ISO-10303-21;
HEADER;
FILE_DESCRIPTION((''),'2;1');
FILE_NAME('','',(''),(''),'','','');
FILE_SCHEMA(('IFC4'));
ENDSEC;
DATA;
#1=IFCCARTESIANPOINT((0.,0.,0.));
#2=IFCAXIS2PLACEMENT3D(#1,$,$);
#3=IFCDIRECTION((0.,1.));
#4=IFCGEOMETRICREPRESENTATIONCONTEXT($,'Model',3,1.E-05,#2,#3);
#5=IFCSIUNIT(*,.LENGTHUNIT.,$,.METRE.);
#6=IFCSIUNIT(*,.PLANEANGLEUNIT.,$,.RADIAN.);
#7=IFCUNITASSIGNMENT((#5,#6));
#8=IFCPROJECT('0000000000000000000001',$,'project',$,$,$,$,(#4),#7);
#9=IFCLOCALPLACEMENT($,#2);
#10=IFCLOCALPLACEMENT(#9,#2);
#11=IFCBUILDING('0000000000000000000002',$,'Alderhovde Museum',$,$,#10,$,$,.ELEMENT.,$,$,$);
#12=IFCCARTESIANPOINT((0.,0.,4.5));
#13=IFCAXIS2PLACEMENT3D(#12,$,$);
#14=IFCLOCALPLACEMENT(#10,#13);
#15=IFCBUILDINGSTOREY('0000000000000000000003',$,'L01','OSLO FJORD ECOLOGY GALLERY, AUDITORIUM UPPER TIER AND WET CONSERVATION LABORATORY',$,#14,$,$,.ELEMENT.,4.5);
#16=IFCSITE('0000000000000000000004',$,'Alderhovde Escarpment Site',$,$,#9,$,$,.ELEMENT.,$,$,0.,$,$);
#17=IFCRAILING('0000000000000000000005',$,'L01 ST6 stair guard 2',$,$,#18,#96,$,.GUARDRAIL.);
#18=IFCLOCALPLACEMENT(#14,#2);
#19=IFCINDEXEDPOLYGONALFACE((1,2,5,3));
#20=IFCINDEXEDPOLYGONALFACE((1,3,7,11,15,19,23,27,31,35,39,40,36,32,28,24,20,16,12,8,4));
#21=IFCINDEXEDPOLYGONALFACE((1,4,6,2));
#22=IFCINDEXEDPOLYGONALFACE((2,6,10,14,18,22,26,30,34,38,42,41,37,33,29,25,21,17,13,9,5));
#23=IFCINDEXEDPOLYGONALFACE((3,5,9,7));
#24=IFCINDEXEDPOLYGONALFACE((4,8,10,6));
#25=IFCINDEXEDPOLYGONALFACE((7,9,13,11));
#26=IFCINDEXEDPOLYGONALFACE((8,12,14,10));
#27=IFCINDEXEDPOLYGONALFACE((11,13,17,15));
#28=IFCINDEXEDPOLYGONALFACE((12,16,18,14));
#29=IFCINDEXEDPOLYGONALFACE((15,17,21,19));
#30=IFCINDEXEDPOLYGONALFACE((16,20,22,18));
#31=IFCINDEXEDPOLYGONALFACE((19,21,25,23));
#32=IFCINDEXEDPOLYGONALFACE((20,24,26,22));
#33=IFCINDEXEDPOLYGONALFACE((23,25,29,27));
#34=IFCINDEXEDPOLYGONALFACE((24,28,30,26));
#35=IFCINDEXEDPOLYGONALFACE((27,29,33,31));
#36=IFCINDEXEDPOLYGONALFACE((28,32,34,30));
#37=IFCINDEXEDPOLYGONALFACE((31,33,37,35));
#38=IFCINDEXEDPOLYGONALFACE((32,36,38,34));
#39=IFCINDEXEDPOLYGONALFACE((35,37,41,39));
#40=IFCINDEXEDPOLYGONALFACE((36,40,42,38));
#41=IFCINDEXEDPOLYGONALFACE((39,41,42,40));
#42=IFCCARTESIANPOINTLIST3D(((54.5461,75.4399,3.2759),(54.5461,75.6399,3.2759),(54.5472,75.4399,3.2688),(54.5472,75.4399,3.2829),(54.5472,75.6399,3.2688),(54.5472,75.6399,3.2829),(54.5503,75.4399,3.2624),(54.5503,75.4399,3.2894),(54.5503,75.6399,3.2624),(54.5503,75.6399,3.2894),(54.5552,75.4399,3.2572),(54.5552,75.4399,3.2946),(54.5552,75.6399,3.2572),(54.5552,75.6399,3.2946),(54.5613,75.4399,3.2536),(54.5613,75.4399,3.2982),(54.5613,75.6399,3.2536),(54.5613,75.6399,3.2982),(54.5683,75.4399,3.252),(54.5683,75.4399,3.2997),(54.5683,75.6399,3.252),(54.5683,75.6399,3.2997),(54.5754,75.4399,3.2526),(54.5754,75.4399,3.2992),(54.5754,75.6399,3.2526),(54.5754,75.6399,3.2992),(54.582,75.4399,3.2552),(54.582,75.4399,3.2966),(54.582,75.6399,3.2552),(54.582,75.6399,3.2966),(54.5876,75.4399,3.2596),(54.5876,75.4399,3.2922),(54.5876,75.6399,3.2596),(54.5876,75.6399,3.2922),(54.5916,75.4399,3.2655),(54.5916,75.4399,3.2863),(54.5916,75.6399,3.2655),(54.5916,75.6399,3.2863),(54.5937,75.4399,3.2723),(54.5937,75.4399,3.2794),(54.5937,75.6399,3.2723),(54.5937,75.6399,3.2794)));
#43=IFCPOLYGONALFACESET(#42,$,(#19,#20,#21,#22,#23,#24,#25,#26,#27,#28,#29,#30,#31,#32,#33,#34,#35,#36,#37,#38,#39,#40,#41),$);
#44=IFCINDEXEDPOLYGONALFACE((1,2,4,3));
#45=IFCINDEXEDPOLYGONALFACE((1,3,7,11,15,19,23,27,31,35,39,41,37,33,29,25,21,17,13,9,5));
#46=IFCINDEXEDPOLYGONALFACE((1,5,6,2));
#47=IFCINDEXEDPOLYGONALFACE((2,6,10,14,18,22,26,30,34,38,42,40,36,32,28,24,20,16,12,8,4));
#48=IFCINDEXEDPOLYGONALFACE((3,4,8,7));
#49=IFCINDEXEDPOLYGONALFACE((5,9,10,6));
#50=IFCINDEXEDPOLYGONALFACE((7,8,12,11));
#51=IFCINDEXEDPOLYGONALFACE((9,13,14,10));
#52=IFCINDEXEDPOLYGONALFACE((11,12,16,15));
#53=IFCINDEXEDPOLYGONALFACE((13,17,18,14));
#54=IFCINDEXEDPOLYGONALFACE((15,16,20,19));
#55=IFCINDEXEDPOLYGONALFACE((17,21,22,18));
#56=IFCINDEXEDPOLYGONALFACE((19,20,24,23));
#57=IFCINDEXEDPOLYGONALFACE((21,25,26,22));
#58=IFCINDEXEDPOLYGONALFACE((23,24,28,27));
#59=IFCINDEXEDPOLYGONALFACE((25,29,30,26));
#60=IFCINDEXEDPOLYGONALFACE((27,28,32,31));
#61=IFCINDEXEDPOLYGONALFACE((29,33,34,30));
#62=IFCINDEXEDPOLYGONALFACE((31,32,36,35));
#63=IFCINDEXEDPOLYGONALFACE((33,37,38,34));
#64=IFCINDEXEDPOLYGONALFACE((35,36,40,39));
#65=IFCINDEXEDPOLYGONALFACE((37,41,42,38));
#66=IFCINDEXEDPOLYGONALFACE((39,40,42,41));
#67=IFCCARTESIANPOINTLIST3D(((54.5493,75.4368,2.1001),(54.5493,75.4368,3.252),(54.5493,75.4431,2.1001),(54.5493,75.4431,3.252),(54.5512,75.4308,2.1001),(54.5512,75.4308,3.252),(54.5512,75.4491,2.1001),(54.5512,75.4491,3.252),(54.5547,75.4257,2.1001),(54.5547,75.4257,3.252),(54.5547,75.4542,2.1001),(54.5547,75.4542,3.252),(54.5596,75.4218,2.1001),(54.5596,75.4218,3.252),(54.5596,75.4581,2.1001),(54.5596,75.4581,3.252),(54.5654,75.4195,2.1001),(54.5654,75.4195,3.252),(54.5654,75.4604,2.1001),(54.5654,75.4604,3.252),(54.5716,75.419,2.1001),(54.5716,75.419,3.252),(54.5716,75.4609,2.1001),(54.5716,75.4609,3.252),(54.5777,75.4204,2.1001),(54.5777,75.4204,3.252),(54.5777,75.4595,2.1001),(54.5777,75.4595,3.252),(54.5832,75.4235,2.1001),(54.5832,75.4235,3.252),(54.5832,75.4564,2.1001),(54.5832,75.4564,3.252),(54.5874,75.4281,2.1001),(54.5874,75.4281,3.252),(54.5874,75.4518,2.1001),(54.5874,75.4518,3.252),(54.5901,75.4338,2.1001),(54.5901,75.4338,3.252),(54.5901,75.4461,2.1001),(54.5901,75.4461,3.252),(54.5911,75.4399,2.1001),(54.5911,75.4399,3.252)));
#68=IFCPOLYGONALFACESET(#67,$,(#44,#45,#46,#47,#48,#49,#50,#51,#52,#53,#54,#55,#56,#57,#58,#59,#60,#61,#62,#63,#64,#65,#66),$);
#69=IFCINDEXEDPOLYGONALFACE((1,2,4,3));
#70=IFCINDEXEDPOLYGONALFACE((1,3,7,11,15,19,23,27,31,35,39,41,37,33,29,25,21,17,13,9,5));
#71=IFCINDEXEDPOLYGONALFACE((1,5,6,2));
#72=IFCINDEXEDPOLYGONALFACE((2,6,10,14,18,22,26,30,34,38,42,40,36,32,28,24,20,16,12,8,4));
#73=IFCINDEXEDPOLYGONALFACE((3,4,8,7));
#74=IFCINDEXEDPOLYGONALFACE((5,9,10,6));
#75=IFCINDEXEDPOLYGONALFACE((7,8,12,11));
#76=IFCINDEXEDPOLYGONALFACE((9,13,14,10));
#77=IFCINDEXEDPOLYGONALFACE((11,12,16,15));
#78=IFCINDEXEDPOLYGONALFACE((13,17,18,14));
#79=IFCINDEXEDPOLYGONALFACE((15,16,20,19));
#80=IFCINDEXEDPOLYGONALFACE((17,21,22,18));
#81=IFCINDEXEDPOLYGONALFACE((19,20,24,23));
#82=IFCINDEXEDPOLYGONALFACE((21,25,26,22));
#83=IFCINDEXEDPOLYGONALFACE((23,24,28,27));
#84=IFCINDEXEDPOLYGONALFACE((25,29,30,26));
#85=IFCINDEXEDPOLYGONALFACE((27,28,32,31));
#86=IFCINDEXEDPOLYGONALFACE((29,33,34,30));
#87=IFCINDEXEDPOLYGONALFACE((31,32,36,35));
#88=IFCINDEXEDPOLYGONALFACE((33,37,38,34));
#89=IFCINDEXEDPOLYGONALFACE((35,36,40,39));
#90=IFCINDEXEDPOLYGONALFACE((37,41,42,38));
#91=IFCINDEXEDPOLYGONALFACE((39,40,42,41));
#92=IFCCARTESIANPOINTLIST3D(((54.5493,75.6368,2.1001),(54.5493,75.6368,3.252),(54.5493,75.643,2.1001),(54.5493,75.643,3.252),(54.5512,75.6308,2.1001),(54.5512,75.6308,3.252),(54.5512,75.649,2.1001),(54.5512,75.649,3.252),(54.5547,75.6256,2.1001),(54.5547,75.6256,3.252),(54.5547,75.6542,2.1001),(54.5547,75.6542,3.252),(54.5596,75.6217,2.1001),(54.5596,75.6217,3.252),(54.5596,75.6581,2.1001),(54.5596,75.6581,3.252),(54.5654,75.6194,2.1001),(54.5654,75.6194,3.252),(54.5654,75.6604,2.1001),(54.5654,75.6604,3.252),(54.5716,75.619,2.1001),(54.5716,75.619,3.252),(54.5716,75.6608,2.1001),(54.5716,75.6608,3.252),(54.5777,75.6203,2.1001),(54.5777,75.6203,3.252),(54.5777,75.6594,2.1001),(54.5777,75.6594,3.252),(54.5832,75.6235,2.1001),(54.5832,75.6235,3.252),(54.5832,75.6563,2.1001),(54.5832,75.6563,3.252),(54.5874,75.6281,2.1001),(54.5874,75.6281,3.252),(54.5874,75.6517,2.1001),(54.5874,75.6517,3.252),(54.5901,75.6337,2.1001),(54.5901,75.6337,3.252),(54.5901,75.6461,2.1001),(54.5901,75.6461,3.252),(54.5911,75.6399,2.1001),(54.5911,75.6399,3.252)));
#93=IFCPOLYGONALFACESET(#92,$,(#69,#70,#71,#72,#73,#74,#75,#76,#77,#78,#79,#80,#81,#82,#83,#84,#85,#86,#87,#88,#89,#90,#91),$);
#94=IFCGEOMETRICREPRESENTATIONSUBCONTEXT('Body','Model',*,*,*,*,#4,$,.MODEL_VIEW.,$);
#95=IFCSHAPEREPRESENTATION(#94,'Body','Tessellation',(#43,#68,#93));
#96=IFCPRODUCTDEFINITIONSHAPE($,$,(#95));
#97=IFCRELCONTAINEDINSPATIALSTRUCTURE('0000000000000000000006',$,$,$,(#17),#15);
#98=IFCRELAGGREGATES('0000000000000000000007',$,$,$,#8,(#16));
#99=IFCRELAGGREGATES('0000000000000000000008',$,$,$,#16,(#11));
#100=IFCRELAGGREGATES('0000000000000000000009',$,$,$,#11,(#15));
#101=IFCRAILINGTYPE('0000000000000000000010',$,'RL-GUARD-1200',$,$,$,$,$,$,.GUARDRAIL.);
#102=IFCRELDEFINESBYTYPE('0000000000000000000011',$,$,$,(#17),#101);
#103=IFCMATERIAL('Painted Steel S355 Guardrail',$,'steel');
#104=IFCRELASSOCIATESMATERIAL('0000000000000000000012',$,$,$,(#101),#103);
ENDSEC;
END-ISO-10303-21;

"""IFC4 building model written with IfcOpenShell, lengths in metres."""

from ifc_helpers import new_model, si_unit, direction, frame, origin, origin_2d, place, context, subcontext, project, spatial, circle, extrude, material, type_object, element, save


model = new_model("IFC4")

# Units and contexts
model_context = context("Model", 3, precision=1e-05, world=origin(), true_north=direction((0.0, 1.0)))
body_context = subcontext(model_context, "Body", "Model", "MODEL_VIEW")
ifc_project = project(units=[si_unit("LENGTHUNIT", "METRE"), si_unit("PLANEANGLEUNIT", "RADIAN")], contexts=[model_context])

# Site, building, storey
site_placement = place(None, origin())
site = spatial("IfcSite", under=ifc_project, at=site_placement, Name="Alderhovde Escarpment Site", CompositionType="ELEMENT", RefElevation=0.0)
building_placement = place(site_placement, origin())
building = spatial("IfcBuilding", under=site, at=building_placement, Name="Alderhovde Museum", CompositionType="ELEMENT")
storey_placement = place(building_placement, frame((0.0, 0.0, 4.5)))
storey = spatial("IfcBuildingStorey", under=building, at=storey_placement, Name="L01", Description="OSLO FJORD ECOLOGY GALLERY, AUDITORIUM UPPER TIER AND WET CONSERVATION LABORATORY", CompositionType="ELEMENT", Elevation=4.5)

# Railing
ifc_material_1 = material(Name="Painted Steel S355 Guardrail", Category="steel")
railing_type_1 = type_object("IfcRailingType", Name="RL-GUARD-1200", PredefinedType="GUARDRAIL", material=ifc_material_1)
railing_1_placement = place(storey_placement, frame((54.5701, 75.4399, 2.1001)))
element("IfcRailing", 1, at=railing_1_placement, inside=storey, type_object=railing_type_1, Name="L01 ST6 stair guard 2", PredefinedType="GUARDRAIL", context=body_context, shape_type="SweptSolid", body=[
    extrude(circle(Radius=0.0239, at=origin_2d()), frame((0.0, 0.0, 1.1758), z_axis=(0.0, 1.0, 0.0), x_axis=(-1.0, 0.0, 0.0)), (0.0, 0.0, 1.0), 0.2),
    extrude(circle(Radius=0.021, at=origin_2d()), origin(), (0.0, 0.0, 1.0), 1.1519),
    extrude(circle(Radius=0.021, at=origin_2d()), frame((0.0, 0.2, 0.0)), (0.0, 0.0, 1.0), 1.1519),
])

save(model, "model.ifc")
